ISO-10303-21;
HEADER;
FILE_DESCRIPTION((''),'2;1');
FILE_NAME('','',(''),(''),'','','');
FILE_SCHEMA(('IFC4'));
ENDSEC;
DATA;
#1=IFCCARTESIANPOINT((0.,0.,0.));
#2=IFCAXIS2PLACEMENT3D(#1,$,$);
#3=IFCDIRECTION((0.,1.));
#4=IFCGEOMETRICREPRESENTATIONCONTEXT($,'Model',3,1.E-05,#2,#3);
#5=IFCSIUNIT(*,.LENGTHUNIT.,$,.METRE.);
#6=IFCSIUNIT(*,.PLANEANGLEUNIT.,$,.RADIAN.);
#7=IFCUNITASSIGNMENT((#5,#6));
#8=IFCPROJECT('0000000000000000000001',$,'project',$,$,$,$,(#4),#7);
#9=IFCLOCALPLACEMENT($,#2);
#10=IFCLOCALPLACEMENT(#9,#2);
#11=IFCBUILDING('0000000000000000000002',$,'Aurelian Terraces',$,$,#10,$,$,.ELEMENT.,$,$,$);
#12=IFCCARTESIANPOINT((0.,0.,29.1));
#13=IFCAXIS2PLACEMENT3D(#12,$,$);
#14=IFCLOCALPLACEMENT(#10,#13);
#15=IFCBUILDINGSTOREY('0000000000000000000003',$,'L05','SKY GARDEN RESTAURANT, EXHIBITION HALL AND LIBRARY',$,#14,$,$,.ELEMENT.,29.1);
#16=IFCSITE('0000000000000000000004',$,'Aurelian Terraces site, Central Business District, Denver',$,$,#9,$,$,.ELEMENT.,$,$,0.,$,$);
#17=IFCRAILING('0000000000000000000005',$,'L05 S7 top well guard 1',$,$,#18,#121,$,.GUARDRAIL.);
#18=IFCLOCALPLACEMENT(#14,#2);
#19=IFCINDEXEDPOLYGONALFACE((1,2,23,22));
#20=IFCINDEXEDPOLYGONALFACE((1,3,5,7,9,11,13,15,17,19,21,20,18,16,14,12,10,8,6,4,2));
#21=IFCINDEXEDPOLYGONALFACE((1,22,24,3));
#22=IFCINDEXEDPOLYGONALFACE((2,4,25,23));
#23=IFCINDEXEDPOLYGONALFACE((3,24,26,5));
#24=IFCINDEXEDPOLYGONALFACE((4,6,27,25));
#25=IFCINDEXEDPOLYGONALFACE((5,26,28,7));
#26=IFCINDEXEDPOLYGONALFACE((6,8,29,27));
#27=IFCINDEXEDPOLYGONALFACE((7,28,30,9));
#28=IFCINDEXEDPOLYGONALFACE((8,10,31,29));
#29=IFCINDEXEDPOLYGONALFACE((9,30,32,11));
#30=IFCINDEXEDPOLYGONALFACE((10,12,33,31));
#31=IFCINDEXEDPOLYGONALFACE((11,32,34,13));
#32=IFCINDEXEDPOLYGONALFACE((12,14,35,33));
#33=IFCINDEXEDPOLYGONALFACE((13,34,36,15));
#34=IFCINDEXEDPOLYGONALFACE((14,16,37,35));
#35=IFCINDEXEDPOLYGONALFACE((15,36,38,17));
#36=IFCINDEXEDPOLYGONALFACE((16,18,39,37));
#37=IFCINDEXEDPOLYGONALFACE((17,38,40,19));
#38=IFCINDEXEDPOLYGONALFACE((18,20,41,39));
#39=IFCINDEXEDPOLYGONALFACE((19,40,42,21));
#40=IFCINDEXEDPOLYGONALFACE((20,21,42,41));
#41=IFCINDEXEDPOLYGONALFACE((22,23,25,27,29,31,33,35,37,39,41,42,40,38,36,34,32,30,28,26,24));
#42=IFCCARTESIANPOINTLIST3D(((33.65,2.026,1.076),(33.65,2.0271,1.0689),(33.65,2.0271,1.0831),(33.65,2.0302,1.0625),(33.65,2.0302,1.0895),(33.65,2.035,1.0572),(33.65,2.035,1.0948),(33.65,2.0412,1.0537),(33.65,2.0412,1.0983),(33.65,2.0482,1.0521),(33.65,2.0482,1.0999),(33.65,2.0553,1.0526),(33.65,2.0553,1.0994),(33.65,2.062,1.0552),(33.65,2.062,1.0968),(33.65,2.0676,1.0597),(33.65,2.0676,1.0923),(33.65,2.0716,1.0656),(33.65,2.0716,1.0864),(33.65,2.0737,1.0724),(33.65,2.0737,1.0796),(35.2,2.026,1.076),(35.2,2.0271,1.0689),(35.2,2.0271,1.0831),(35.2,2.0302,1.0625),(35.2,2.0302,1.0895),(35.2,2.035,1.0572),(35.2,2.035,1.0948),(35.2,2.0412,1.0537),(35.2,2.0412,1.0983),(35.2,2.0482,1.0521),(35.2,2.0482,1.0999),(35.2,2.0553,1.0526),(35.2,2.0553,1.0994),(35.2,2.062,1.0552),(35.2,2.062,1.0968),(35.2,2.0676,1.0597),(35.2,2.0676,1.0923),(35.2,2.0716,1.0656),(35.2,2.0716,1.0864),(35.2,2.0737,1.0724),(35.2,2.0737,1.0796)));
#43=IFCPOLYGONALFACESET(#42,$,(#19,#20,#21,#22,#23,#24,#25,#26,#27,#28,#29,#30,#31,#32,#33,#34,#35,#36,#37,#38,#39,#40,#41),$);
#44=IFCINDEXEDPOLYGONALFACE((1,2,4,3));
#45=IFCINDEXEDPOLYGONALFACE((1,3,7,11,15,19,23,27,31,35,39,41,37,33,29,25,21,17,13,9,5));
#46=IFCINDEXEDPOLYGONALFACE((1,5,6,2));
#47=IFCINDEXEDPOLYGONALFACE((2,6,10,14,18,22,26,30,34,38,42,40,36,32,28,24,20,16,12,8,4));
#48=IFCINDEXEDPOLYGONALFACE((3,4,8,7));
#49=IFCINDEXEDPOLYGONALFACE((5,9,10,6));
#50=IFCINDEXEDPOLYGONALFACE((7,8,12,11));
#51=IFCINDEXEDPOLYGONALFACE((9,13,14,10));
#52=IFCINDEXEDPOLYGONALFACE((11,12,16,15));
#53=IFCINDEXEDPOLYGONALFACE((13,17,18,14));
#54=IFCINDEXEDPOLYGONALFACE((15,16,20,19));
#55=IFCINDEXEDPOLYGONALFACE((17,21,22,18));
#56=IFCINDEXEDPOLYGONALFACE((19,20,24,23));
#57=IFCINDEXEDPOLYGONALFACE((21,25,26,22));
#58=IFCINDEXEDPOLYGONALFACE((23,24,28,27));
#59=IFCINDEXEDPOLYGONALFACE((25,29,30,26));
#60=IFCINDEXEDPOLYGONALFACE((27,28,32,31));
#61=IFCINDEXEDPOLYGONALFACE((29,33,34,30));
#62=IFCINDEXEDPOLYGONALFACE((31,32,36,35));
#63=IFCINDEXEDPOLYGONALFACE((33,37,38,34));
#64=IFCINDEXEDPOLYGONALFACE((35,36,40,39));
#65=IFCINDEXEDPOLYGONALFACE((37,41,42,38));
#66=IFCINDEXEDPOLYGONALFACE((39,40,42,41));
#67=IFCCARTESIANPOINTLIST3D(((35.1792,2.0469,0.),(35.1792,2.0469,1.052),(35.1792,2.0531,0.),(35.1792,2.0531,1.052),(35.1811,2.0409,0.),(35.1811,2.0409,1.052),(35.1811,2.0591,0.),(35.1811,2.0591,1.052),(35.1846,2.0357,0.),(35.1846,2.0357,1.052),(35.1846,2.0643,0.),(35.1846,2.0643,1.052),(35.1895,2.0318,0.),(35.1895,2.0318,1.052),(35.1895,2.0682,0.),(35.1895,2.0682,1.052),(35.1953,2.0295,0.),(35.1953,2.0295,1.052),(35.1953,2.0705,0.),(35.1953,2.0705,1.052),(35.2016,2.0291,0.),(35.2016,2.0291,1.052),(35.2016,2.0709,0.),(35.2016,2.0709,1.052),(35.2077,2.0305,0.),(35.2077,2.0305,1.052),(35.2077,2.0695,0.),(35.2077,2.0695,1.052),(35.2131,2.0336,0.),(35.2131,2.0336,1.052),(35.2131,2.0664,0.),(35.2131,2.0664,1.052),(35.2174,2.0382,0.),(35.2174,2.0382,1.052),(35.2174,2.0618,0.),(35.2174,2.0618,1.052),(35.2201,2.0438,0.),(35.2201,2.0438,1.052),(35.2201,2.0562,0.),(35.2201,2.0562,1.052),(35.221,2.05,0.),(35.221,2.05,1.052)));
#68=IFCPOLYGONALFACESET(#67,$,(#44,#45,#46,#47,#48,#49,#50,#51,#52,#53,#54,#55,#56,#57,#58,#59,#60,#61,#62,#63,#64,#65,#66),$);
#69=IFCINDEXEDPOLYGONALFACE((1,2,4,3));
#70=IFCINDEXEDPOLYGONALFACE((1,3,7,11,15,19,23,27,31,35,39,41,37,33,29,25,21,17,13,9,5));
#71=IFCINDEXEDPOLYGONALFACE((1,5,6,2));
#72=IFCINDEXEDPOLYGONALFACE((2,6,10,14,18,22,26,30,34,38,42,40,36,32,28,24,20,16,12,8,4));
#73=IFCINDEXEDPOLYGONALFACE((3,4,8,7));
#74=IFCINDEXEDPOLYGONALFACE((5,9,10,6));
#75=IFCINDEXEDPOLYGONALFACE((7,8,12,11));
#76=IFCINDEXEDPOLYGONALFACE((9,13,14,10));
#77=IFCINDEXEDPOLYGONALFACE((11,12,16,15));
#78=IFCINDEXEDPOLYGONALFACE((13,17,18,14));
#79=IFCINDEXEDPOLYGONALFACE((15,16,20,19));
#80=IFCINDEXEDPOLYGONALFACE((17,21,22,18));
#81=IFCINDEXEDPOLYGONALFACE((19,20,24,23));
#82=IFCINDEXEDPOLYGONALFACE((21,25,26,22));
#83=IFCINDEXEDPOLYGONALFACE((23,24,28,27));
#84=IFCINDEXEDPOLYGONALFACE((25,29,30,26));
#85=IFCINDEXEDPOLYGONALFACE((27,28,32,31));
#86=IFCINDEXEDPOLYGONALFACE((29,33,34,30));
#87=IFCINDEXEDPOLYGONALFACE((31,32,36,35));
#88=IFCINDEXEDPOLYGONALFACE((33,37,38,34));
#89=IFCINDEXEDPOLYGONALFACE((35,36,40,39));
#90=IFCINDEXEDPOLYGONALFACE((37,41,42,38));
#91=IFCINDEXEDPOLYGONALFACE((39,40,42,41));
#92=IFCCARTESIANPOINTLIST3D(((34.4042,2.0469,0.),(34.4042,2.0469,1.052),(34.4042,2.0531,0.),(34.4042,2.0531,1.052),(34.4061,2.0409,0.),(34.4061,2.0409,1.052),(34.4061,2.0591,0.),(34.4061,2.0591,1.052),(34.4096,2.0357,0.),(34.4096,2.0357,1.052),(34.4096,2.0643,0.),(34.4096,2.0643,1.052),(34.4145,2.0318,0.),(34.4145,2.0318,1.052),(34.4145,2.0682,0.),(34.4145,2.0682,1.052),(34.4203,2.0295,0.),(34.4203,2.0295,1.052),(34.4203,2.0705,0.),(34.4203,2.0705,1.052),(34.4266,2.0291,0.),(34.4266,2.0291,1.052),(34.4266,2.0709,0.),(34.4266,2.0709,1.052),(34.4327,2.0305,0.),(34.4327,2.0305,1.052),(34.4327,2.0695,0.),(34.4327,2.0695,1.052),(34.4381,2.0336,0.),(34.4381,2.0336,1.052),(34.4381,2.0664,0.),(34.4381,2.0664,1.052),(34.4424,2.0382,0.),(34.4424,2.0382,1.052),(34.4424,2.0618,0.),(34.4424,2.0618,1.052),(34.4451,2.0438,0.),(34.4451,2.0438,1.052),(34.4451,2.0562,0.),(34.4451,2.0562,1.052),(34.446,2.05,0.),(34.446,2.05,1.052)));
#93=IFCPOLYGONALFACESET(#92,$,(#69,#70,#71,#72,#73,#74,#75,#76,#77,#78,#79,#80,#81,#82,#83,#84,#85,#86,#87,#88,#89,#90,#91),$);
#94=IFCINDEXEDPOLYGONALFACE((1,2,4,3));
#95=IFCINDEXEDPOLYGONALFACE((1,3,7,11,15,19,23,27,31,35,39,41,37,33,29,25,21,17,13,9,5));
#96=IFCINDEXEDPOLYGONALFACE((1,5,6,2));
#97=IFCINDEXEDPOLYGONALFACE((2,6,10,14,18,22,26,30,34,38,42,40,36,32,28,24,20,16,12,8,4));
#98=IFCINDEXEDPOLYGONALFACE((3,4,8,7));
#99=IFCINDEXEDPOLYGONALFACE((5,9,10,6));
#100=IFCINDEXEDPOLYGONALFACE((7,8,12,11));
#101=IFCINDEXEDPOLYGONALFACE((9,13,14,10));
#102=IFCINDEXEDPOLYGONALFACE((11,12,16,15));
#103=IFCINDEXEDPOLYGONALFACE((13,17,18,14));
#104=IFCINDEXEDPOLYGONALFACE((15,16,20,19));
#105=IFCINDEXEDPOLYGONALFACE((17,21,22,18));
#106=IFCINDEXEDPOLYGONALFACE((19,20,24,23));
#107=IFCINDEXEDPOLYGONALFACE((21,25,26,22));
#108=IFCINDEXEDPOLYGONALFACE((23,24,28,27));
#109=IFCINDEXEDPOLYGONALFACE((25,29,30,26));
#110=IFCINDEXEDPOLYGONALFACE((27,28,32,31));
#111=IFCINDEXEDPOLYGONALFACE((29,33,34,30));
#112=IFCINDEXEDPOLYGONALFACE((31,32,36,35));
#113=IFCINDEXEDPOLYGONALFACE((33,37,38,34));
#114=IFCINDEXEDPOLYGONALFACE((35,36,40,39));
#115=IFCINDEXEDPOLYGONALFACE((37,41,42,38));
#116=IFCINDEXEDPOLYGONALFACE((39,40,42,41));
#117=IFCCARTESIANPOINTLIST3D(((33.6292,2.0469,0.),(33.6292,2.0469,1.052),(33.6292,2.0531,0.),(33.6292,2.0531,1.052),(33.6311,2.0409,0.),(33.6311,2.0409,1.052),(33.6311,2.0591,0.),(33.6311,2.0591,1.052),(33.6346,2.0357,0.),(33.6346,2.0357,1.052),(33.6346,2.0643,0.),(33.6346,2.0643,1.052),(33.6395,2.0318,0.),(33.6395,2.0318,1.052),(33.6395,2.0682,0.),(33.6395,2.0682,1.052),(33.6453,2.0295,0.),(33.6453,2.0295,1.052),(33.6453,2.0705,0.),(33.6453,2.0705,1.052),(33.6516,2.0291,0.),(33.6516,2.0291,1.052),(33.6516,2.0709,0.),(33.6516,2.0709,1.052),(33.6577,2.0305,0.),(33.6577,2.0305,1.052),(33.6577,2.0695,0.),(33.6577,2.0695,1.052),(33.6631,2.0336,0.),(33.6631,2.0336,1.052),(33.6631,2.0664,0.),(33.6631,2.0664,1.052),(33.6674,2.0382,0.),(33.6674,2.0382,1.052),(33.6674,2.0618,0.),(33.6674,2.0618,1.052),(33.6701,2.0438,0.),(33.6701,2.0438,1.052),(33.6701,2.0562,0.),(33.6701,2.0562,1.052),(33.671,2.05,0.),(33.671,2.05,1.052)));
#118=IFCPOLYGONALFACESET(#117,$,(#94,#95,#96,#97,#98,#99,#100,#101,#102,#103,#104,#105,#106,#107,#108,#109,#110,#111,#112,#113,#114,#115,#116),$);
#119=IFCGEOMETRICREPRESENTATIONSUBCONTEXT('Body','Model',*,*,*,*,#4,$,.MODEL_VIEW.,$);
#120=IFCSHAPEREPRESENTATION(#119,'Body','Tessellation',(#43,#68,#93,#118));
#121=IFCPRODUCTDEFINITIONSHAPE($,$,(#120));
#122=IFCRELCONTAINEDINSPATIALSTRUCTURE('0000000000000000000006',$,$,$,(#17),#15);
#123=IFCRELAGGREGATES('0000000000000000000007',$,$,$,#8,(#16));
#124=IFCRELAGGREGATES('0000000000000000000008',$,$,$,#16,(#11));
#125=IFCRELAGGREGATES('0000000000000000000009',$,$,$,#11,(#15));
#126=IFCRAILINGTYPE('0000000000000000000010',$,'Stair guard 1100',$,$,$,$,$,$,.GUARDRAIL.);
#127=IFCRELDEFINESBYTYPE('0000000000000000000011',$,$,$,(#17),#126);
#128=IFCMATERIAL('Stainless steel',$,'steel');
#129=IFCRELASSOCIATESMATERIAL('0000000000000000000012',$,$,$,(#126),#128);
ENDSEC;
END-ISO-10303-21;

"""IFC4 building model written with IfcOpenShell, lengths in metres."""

from ifc_helpers import new_model, si_unit, direction, frame, origin, origin_2d, place, context, subcontext, project, spatial, circle, extrude, source, transform, mapped, material, type_object, element, save


model = new_model("IFC4")

# Units and contexts
model_context = context("Model", 3, precision=1e-05, world=origin(), true_north=direction((0.0, 1.0)))
body_context = subcontext(model_context, "Body", "Model", "MODEL_VIEW")
ifc_project = project(units=[si_unit("LENGTHUNIT", "METRE"), si_unit("PLANEANGLEUNIT", "RADIAN")], contexts=[model_context])

# Site, building, storey
site_placement = place(None, origin())
site = spatial("IfcSite", under=ifc_project, at=site_placement, Name="Aurelian Terraces site, Central Business District, Denver", CompositionType="ELEMENT", RefElevation=0.0)
building_placement = place(site_placement, origin())
building = spatial("IfcBuilding", under=site, at=building_placement, Name="Aurelian Terraces", CompositionType="ELEMENT")
storey_placement = place(building_placement, frame((0.0, 0.0, 29.1)))
storey = spatial("IfcBuildingStorey", under=building, at=storey_placement, Name="L05", Description="SKY GARDEN RESTAURANT, EXHIBITION HALL AND LIBRARY", CompositionType="ELEMENT", Elevation=29.1)

# Railing
ifc_material_1 = material(Name="Stainless steel", Category="steel")
railing_type = type_object("IfcRailingType", Name="Stair guard 1100", PredefinedType="GUARDRAIL", material=ifc_material_1)
shared_shape_1 = source(origin(), body_context, "Body", "SweptSolid", [
    extrude(circle(Radius=0.024, at=origin_2d()), frame((0.0, 0.0, 1.076), z_axis=(-1.0, 0.0, 0.0), x_axis=(0.0, -1.0, 0.0)), (0.0, 0.0, 1.0), 1.55),
    extrude(circle(Radius=0.021, at=origin_2d()), origin(), (0.0, 0.0, 1.0), 1.052),
    extrude(circle(Radius=0.021, at=origin_2d()), frame((-0.775, 0.0, 0.0)), (0.0, 0.0, 1.0), 1.052),
    extrude(circle(Radius=0.021, at=origin_2d()), frame((-1.55, 0.0, 0.0)), (0.0, 0.0, 1.0), 1.052),
])
railing_placement = place(storey_placement, frame((35.2, 2.05, 0.0)))
element("IfcRailing", 1, at=railing_placement, inside=storey, type_object=railing_type, Name="L05 S7 top well guard 1", PredefinedType="GUARDRAIL", context=body_context, shape_type="MappedRepresentation", body=[
    mapped(shared_shape_1, transform((0.0, 0.0, 0.0), scale=1.0)),
])

save(model, "model.ifc")
